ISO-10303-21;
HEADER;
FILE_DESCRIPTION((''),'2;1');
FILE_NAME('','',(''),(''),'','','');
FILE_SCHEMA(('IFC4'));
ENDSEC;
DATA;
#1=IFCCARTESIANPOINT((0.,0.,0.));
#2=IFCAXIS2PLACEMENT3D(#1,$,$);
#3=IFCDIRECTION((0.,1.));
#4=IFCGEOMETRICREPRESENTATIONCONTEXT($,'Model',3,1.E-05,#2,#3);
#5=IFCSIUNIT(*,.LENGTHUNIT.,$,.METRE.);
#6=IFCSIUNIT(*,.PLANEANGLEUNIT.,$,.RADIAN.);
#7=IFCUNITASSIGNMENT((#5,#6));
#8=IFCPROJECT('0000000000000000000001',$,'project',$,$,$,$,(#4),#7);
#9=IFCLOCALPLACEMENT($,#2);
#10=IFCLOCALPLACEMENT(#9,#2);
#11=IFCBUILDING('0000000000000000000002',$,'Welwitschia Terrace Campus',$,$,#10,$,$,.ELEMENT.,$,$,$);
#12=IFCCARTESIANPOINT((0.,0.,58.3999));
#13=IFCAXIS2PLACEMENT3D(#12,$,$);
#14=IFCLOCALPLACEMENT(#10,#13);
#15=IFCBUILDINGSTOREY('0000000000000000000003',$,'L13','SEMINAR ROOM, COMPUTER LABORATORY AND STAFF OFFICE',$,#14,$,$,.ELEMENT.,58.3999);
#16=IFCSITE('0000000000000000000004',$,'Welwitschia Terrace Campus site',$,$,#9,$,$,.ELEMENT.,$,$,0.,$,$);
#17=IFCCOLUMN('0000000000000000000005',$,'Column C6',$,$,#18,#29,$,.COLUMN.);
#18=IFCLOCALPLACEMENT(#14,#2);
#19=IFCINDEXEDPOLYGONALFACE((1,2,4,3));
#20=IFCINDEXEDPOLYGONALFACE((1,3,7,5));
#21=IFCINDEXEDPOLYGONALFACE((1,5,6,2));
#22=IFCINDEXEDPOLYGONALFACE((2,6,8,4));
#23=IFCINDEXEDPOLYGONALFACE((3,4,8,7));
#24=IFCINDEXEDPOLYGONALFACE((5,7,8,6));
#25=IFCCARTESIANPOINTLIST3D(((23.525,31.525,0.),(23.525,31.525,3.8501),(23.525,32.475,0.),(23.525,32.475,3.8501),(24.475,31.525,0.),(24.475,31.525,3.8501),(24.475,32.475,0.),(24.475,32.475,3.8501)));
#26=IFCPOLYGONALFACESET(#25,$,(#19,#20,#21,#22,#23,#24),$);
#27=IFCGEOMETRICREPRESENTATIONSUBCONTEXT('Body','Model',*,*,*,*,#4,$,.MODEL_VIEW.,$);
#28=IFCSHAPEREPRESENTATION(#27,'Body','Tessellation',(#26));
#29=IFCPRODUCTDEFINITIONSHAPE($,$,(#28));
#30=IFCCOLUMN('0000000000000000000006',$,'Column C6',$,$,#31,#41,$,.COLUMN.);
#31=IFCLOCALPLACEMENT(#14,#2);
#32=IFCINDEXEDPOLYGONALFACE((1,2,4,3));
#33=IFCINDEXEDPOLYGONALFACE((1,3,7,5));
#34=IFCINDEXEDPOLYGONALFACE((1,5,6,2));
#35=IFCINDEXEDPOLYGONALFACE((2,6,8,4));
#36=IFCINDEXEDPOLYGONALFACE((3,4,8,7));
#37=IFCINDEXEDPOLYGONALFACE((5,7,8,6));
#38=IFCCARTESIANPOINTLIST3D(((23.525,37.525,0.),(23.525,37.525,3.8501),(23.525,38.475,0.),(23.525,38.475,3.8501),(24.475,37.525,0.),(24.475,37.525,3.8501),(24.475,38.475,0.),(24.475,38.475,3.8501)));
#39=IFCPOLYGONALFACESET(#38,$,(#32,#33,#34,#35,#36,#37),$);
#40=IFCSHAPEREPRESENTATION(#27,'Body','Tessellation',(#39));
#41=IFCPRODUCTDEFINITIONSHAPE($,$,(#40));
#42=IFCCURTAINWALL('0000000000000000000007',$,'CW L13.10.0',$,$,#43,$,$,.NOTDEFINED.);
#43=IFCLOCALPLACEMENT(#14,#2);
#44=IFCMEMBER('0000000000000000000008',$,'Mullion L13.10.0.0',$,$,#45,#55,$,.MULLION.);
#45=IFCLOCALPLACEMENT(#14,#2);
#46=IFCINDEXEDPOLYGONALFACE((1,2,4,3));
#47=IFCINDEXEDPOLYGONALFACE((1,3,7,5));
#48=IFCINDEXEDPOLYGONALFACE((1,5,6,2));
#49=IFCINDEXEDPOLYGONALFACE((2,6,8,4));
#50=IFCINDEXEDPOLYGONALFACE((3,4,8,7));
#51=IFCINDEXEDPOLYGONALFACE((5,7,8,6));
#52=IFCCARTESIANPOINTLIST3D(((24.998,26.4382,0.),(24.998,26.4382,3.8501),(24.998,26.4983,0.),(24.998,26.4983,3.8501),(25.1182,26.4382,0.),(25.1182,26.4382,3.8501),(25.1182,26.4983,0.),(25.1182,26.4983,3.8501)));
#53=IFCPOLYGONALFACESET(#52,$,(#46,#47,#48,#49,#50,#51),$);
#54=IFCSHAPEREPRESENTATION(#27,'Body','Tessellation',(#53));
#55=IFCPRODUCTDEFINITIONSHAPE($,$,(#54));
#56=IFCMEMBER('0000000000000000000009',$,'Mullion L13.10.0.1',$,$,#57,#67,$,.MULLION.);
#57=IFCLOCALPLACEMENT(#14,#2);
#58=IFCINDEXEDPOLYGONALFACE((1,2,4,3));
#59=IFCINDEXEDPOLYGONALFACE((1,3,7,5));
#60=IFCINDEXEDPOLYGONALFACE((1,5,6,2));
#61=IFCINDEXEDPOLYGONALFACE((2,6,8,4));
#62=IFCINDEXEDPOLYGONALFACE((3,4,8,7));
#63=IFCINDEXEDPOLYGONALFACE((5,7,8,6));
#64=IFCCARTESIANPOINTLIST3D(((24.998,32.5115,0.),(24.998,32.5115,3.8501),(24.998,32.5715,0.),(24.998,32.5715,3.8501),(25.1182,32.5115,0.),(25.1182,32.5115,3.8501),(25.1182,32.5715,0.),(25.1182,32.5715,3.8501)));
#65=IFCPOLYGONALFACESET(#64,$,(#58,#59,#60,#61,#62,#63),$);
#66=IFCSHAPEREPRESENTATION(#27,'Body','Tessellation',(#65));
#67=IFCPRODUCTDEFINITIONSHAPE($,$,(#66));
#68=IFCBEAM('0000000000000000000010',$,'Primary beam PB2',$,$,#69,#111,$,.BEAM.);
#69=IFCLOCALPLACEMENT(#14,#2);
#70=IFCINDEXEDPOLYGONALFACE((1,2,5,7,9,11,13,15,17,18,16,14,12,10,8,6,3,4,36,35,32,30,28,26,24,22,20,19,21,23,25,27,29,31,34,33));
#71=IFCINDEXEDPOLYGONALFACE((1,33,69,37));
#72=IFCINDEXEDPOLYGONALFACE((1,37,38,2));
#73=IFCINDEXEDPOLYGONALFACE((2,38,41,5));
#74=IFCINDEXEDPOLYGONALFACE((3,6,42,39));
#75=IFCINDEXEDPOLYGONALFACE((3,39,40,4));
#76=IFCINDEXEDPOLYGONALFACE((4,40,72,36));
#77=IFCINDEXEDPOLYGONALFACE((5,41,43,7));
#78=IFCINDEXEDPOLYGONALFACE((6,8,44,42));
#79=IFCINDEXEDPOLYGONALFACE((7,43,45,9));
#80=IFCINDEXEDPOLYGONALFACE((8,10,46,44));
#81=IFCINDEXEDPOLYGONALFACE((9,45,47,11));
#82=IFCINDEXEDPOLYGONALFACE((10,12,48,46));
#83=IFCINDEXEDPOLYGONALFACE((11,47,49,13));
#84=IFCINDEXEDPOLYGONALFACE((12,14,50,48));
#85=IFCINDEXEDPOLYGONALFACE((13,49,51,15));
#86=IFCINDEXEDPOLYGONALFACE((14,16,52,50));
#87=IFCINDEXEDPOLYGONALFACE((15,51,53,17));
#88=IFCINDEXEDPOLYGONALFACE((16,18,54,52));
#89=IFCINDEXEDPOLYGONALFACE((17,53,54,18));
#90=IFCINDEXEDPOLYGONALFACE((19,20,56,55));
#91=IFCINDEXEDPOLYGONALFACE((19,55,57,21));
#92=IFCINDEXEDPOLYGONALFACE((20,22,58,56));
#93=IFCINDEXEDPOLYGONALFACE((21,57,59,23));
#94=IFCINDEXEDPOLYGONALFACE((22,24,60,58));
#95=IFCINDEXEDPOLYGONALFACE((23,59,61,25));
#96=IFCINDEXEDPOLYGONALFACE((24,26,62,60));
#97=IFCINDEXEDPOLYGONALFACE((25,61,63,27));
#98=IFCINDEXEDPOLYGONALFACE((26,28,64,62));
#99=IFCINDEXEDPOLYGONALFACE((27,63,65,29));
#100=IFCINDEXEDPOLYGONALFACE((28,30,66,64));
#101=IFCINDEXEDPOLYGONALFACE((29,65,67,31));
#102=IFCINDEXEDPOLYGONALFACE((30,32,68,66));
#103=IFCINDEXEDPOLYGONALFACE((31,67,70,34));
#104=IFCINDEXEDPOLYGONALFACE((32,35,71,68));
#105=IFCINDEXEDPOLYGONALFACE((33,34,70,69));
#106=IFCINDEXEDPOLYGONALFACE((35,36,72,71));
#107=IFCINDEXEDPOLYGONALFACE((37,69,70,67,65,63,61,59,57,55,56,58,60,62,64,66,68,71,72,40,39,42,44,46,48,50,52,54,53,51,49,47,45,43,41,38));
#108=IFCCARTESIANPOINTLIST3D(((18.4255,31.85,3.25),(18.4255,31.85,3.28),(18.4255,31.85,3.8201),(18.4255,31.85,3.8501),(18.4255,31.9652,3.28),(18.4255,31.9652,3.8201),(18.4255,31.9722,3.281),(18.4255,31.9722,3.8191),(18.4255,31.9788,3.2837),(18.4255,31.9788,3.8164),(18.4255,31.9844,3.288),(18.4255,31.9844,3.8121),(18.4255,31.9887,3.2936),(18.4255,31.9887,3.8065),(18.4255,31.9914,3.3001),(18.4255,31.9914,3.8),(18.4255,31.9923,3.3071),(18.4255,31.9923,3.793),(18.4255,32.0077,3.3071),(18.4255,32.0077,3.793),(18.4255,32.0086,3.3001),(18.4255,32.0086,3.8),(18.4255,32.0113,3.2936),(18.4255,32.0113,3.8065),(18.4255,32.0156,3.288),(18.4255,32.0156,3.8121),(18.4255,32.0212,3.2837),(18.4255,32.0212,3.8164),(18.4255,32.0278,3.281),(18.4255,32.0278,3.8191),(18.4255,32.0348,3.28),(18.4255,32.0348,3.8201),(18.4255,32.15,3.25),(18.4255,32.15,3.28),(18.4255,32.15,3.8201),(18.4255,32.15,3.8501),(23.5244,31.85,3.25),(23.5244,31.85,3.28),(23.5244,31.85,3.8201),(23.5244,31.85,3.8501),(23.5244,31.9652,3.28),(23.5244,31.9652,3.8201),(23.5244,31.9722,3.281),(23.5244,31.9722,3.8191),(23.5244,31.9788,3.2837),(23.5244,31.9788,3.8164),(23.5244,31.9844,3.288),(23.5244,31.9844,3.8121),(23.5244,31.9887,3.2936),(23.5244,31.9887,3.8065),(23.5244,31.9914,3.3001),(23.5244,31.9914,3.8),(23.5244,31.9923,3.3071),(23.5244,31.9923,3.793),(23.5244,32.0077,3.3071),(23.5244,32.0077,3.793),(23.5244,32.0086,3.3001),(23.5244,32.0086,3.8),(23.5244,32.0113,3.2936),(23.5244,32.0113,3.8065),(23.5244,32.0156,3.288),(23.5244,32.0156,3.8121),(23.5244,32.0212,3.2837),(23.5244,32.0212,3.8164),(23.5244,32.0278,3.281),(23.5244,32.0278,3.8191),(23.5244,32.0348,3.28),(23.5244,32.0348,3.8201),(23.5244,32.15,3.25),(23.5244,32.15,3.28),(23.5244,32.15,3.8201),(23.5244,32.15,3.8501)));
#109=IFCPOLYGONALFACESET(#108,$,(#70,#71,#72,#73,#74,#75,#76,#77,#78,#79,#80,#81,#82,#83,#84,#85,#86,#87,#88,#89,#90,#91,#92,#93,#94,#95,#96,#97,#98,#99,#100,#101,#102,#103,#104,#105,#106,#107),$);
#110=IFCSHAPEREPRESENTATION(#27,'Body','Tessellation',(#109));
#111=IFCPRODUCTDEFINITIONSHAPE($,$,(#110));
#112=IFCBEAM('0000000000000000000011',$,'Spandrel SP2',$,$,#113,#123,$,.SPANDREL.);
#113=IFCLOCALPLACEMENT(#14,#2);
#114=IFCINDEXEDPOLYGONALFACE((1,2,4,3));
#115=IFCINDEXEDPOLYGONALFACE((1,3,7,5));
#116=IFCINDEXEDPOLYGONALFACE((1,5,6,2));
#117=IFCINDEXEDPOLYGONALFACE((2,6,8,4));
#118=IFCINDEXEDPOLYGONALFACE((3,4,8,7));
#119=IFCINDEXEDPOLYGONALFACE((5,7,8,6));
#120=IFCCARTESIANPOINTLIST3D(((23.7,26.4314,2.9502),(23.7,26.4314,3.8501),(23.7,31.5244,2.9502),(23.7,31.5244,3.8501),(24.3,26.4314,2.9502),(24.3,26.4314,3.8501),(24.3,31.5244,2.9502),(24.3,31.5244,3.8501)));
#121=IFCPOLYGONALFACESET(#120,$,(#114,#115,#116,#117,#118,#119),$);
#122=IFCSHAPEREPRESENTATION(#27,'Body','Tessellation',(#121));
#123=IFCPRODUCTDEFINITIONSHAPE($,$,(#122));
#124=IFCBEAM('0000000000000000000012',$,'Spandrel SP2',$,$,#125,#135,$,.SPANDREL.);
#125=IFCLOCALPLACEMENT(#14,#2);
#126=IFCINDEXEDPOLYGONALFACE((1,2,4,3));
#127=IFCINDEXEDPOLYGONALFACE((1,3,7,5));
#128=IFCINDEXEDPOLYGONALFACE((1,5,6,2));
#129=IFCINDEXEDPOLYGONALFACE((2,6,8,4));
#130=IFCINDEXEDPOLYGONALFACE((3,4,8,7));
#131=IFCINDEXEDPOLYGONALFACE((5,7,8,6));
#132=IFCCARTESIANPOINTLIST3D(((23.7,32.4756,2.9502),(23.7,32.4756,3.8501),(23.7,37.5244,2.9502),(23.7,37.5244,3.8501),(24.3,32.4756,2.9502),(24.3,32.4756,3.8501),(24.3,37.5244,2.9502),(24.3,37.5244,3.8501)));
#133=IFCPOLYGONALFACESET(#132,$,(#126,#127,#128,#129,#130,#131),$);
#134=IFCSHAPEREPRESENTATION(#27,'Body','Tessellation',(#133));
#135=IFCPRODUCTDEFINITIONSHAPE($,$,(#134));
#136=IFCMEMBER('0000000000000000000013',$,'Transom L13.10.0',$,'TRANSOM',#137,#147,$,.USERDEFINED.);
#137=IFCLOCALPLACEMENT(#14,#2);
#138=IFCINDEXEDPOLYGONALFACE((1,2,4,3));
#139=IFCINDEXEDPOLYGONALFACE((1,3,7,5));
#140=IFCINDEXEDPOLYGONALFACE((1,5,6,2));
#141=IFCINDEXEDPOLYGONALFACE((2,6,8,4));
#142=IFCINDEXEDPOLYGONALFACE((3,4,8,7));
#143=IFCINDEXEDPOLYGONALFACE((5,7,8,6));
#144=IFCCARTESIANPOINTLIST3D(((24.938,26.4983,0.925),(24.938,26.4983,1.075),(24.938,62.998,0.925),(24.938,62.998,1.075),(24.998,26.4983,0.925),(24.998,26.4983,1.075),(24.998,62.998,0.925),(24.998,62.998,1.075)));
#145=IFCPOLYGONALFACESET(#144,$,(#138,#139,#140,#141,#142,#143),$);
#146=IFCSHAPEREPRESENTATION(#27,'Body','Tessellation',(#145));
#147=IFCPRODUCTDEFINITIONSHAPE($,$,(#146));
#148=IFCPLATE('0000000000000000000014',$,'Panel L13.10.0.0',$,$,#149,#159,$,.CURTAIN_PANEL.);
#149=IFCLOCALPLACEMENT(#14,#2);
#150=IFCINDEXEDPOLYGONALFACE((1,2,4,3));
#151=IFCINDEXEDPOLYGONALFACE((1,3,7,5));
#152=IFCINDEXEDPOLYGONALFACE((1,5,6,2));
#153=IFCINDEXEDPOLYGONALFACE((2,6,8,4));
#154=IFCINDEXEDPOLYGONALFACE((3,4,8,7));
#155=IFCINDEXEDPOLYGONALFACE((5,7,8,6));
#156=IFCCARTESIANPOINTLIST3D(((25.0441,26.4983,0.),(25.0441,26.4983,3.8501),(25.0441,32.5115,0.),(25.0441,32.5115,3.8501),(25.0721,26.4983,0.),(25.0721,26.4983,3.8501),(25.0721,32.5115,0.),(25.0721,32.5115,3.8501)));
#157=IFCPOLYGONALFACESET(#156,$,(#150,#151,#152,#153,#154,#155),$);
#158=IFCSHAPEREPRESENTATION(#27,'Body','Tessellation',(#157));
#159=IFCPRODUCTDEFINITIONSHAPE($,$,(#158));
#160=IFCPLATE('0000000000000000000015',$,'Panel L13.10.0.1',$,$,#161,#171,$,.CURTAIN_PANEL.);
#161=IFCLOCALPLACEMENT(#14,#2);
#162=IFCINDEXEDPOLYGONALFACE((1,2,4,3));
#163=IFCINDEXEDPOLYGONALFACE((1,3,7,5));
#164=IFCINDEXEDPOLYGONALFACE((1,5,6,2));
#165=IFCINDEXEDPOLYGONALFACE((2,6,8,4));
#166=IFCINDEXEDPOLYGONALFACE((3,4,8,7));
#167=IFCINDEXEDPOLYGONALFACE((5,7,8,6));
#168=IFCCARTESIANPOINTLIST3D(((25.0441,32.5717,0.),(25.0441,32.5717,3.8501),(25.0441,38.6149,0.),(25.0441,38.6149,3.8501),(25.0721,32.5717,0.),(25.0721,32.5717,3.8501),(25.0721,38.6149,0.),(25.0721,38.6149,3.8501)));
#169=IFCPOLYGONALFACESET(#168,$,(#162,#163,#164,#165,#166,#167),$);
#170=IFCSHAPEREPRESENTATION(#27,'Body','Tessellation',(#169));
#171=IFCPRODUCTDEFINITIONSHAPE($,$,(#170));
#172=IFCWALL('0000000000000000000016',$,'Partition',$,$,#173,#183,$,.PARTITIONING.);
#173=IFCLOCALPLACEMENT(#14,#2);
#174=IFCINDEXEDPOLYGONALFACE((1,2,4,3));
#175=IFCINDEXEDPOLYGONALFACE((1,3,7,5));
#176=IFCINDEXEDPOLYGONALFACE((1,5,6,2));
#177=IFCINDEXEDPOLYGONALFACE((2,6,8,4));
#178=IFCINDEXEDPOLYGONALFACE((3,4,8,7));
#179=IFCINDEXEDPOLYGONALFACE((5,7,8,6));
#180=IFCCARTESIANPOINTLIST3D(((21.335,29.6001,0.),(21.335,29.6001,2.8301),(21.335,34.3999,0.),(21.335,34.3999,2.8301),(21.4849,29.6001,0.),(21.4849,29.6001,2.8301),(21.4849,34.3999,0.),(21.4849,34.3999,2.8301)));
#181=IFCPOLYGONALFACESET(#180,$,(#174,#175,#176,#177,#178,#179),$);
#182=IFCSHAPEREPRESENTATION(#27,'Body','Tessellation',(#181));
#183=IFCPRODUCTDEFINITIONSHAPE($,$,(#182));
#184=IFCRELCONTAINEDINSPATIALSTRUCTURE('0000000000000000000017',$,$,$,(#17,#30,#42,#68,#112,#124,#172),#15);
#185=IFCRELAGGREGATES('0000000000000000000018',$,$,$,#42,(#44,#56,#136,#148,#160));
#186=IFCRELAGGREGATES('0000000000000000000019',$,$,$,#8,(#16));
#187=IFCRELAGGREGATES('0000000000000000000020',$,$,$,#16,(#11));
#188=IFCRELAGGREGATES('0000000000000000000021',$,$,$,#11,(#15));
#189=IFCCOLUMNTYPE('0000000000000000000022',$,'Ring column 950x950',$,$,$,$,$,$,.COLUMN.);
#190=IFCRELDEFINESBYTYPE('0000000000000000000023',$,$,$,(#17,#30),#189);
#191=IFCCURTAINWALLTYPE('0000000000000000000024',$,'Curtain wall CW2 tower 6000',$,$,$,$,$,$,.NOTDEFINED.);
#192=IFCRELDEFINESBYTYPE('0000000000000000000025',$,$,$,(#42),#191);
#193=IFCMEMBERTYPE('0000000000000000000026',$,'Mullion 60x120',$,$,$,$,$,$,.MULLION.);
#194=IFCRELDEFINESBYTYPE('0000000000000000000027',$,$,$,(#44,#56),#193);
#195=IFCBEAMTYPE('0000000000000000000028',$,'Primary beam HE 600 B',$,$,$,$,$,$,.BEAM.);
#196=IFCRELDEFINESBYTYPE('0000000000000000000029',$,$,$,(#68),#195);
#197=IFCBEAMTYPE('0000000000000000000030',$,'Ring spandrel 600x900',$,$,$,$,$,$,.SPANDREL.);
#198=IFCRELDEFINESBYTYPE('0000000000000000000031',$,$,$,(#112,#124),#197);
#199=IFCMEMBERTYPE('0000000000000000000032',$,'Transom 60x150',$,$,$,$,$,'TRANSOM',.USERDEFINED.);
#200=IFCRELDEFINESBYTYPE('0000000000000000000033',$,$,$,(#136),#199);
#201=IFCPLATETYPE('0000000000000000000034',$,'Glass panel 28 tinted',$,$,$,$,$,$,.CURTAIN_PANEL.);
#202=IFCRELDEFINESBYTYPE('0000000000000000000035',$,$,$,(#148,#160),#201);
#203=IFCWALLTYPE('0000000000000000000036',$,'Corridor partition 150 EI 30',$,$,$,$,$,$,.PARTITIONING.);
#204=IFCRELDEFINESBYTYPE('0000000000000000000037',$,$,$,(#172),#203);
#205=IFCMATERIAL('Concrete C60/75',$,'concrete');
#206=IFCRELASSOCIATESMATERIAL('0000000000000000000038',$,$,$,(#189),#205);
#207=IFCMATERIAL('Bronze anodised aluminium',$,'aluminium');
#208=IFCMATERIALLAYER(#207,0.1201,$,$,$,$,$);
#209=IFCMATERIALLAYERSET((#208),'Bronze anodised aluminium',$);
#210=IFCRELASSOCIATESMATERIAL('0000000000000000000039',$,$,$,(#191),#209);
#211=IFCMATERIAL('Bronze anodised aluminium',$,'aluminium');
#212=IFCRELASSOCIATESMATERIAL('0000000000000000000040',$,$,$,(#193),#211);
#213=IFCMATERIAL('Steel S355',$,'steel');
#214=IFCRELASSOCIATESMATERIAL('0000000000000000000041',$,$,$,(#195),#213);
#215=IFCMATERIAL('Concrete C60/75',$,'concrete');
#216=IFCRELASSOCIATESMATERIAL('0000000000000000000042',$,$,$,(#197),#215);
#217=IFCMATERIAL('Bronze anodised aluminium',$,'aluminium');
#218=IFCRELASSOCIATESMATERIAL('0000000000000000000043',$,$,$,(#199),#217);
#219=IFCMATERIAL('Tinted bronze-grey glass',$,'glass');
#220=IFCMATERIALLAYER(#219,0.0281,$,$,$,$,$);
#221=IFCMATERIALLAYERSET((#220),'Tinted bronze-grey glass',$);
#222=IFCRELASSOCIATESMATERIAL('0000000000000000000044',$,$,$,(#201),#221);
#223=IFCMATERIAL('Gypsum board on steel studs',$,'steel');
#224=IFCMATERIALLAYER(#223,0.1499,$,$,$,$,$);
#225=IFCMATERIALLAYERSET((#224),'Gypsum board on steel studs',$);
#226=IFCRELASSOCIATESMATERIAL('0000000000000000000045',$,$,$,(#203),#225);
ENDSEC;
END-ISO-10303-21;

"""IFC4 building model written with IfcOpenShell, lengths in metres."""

from ifc_helpers import new_model, si_unit, direction, frame, frame_2d, origin, origin_2d, place, context, subcontext, project, spatial, rectangle, i_section, extrude, material, layer, layer_set, material_profile, profile_set, type_object, element, aggregate, save


model = new_model("IFC4")

# Units and contexts
model_context = context("Model", 3, precision=1e-05, world=origin(), true_north=direction((0.0, 1.0)))
body_context = subcontext(model_context, "Body", "Model", "MODEL_VIEW")
ifc_project = project(units=[si_unit("LENGTHUNIT", "METRE"), si_unit("PLANEANGLEUNIT", "RADIAN")], contexts=[model_context])

# Site, building, storey
site_placement = place(None, origin())
site = spatial("IfcSite", under=ifc_project, at=site_placement, Name="Welwitschia Terrace Campus site", CompositionType="ELEMENT", RefElevation=0.0)
building_placement = place(site_placement, origin())
building = spatial("IfcBuilding", under=site, at=building_placement, Name="Welwitschia Terrace Campus", CompositionType="ELEMENT")
storey_placement = place(building_placement, frame((0.0, 0.0, 58.3999)))
storey = spatial("IfcBuildingStorey", under=building, at=storey_placement, Name="L13", Description="SEMINAR ROOM, COMPUTER LABORATORY AND STAFF OFFICE", CompositionType="ELEMENT", Elevation=58.3999)

# Columns
ifc_material_1 = material(Name="Concrete C60/75", Category="concrete")
ifc_material_profile_1 = material_profile(ifc_material_1, rectangle(XDim=0.95, YDim=0.95, at=origin_2d()))
ifc_profile_set_1 = profile_set([ifc_material_profile_1], Name="Concrete C60/75")
column_type = type_object("IfcColumnType", Name="Ring column 950x950", PredefinedType="COLUMN", material=ifc_profile_set_1)
for number, where, z_axis, x_axis, name in (
    (1, (24.0, 32.0, 0.0), (0.0, 0.0, 1.0), (1.0, 0.0, 0.0), "Column C6"),
    (2, (24.0, 38.0, 0.0), (0.0, 0.0, 1.0), (1.0, 0.0, 0.0), "Column C6"),
):
    element("IfcColumn", number, at=place(storey_placement, frame(where, z_axis=z_axis, x_axis=x_axis)), inside=storey, type_object=column_type, Name=name, PredefinedType="COLUMN", context=body_context, shape_type="SweptSolid", body=[
        extrude(rectangle(XDim=0.95, YDim=0.95, at=origin_2d()), origin(), (0.0, 0.0, 1.0), 3.8501),
    ])

# Curtain wall, members
ifc_material_2 = material(Name="Bronze anodised aluminium", Category="aluminium")
ifc_layer_1 = layer(ifc_material_2, 0.1201)
ifc_layer_set_1 = layer_set([ifc_layer_1], Name="Bronze anodised aluminium")
curtain_wall_type = type_object("IfcCurtainWallType", Name="Curtain wall CW2 tower 6000", PredefinedType="NOTDEFINED", material=ifc_layer_set_1)
curtain_wall_placement = place(storey_placement, origin())
curtain_wall = element("IfcCurtainWall", 3, at=curtain_wall_placement, inside=storey, type_object=curtain_wall_type, Name="CW L13.10.0", PredefinedType="NOTDEFINED")
ifc_material_3 = material(Name="Bronze anodised aluminium", Category="aluminium")
ifc_material_profile_2 = material_profile(ifc_material_3, rectangle(XDim=0.1201, YDim=0.0601, at=origin_2d()))
ifc_profile_set_2 = profile_set([ifc_material_profile_2], Name="Bronze anodised aluminium")
member_type_1 = type_object("IfcMemberType", Name="Mullion 60x120", PredefinedType="MULLION", material=ifc_profile_set_2)
member_1_placement = place(storey_placement, frame((25.0581, 26.4683, 0.0), z_axis=(0.0, 0.0, 1.0), x_axis=(-1.0, 0.0, 0.0)))
member_1 = element("IfcMember", 4, at=member_1_placement, type_object=member_type_1, Name="Mullion L13.10.0.0", PredefinedType="MULLION", context=body_context, shape_type="SweptSolid", body=[
    extrude(rectangle(XDim=0.1201, YDim=0.0601, at=origin_2d()), origin(), (0.0, 0.0, 1.0), 3.8501),
])
member_2_placement = place(storey_placement, frame((25.0581, 32.5415, 0.0), z_axis=(0.0, 0.0, 1.0), x_axis=(-1.0, 0.0, 0.0)))
member_2 = element("IfcMember", 5, at=member_2_placement, type_object=member_type_1, Name="Mullion L13.10.0.1", PredefinedType="MULLION", context=body_context, shape_type="SweptSolid", body=[
    extrude(rectangle(XDim=0.1201, YDim=0.0601, at=origin_2d()), origin(), (0.0, 0.0, 1.0), 3.8501),
])

# Beams
ifc_material_4 = material(Name="Steel S355", Category="steel")
ifc_material_profile_3 = material_profile(ifc_material_4, i_section(OverallWidth=0.3, OverallDepth=0.6001, WebThickness=0.0154, FlangeThickness=0.03, FilletRadius=0.0271, at=origin_2d()))
ifc_profile_set_3 = profile_set([ifc_material_profile_3], Name="Steel S355")
beam_type_1 = type_object("IfcBeamType", Name="Primary beam HE 600 B", PredefinedType="BEAM", material=ifc_profile_set_3)
beam_1_placement = place(storey_placement, frame((23.5244, 32.0, 3.55), z_axis=(-1.0, 0.0, 0.0), x_axis=(0.0, -1.0, 0.0)))
element("IfcBeam", 6, at=beam_1_placement, inside=storey, type_object=beam_type_1, Name="Primary beam PB2", PredefinedType="BEAM", context=body_context, shape_type="SweptSolid", body=[
    extrude(i_section(OverallWidth=0.3, OverallDepth=0.6001, WebThickness=0.0154, FlangeThickness=0.03, FilletRadius=0.0271, at=origin_2d()), origin(), (0.0, 0.0, 1.0), 5.0989),
])
ifc_material_5 = material(Name="Concrete C60/75", Category="concrete")
ifc_material_profile_4 = material_profile(ifc_material_5, rectangle(XDim=0.6001, YDim=0.8999, at=origin_2d()))
ifc_profile_set_4 = profile_set([ifc_material_profile_4], Name="Concrete C60/75")
beam_type_2 = type_object("IfcBeamType", Name="Ring spandrel 600x900", PredefinedType="SPANDREL", material=ifc_profile_set_4)
beam_2_placement = place(storey_placement, frame((24.0, 26.4314, 3.4001), z_axis=(0.0, 1.0, 0.0), x_axis=(-1.0, 0.0, 0.0)))
element("IfcBeam", 7, at=beam_2_placement, inside=storey, type_object=beam_type_2, Name="Spandrel SP2", PredefinedType="SPANDREL", context=body_context, shape_type="SweptSolid", body=[
    extrude(rectangle(XDim=0.6001, YDim=0.8999, at=origin_2d()), origin(), (0.0, 0.0, 1.0), 5.093),
])
beam_3_placement = place(storey_placement, frame((24.0, 32.4756, 3.4001), z_axis=(0.0, 1.0, 0.0), x_axis=(-1.0, 0.0, 0.0)))
element("IfcBeam", 8, at=beam_3_placement, inside=storey, type_object=beam_type_2, Name="Spandrel SP2", PredefinedType="SPANDREL", context=body_context, shape_type="SweptSolid", body=[
    extrude(rectangle(XDim=0.6001, YDim=0.8999, at=origin_2d()), origin(), (0.0, 0.0, 1.0), 5.0488),
])

# Member
ifc_material_6 = material(Name="Bronze anodised aluminium", Category="aluminium")
ifc_material_profile_5 = material_profile(ifc_material_6, rectangle(XDim=0.0601, YDim=0.1499, at=origin_2d()))
ifc_profile_set_5 = profile_set([ifc_material_profile_5], Name="Bronze anodised aluminium")
member_type_2 = type_object("IfcMemberType", Name="Transom 60x150", ElementType="TRANSOM", PredefinedType="USERDEFINED", material=ifc_profile_set_5)
member_3_placement = place(storey_placement, frame((24.968, 26.4983, 1.0), z_axis=(0.0, 1.0, 0.0), x_axis=(-1.0, 0.0, 0.0)))
member_3 = element("IfcMember", 9, at=member_3_placement, type_object=member_type_2, Name="Transom L13.10.0", ObjectType="TRANSOM", PredefinedType="USERDEFINED", context=body_context, shape_type="SweptSolid", body=[
    extrude(rectangle(XDim=0.0601, YDim=0.1499, at=origin_2d()), origin(), (0.0, 0.0, 1.0), 36.4998),
])

# Plates
ifc_material_7 = material(Name="Tinted bronze-grey glass", Category="glass")
ifc_layer_2 = layer(ifc_material_7, 0.0281)
ifc_layer_set_2 = layer_set([ifc_layer_2], Name="Tinted bronze-grey glass")
plate_type = type_object("IfcPlateType", Name="Glass panel 28 tinted", PredefinedType="CURTAIN_PANEL", material=ifc_layer_set_2)
plate_1_placement = place(storey_placement, frame((25.0581, 29.5049, 0.0), z_axis=(0.0, 0.0, 1.0), x_axis=(0.0, 1.0, 0.0)))
plate_1 = element("IfcPlate", 10, at=plate_1_placement, type_object=plate_type, Name="Panel L13.10.0.0", PredefinedType="CURTAIN_PANEL", context=body_context, shape_type="SweptSolid", body=[
    extrude(rectangle(XDim=6.0132, YDim=0.0281, at=origin_2d()), origin(), (0.0, 0.0, 1.0), 3.8501),
])
plate_2_placement = place(storey_placement, frame((25.0581, 35.5933, 0.0), z_axis=(0.0, 0.0, 1.0), x_axis=(0.0, 1.0, 0.0)))
plate_2 = element("IfcPlate", 11, at=plate_2_placement, type_object=plate_type, Name="Panel L13.10.0.1", PredefinedType="CURTAIN_PANEL", context=body_context, shape_type="SweptSolid", body=[
    extrude(rectangle(XDim=6.0432, YDim=0.0281, at=origin_2d()), origin(), (0.0, 0.0, 1.0), 3.8501),
])
aggregate(curtain_wall, [member_1, member_2, member_3, plate_1, plate_2])

# Wall
ifc_material_8 = material(Name="Gypsum board on steel studs", Category="steel")
ifc_layer_3 = layer(ifc_material_8, 0.1499)
ifc_layer_set_3 = layer_set([ifc_layer_3], Name="Gypsum board on steel studs")
wall_type = type_object("IfcWallType", Name="Corridor partition 150 EI 30", PredefinedType="PARTITIONING", material=ifc_layer_set_3)
wall_1_placement = place(storey_placement, frame((21.4099, 29.6001, 0.0), z_axis=(0.0, 0.0, 1.0), x_axis=(0.0, 1.0, 0.0)))
element("IfcWall", 12, at=wall_1_placement, inside=storey, type_object=wall_type, Name="Partition", PredefinedType="PARTITIONING", context=body_context, shape_type="SweptSolid", body=[
    extrude(rectangle(XDim=4.7998, YDim=0.1499, at=frame_2d((2.3999, 0.0))), origin(), (0.0, 0.0, 1.0), 2.8301),
])

save(model, "model.ifc")
